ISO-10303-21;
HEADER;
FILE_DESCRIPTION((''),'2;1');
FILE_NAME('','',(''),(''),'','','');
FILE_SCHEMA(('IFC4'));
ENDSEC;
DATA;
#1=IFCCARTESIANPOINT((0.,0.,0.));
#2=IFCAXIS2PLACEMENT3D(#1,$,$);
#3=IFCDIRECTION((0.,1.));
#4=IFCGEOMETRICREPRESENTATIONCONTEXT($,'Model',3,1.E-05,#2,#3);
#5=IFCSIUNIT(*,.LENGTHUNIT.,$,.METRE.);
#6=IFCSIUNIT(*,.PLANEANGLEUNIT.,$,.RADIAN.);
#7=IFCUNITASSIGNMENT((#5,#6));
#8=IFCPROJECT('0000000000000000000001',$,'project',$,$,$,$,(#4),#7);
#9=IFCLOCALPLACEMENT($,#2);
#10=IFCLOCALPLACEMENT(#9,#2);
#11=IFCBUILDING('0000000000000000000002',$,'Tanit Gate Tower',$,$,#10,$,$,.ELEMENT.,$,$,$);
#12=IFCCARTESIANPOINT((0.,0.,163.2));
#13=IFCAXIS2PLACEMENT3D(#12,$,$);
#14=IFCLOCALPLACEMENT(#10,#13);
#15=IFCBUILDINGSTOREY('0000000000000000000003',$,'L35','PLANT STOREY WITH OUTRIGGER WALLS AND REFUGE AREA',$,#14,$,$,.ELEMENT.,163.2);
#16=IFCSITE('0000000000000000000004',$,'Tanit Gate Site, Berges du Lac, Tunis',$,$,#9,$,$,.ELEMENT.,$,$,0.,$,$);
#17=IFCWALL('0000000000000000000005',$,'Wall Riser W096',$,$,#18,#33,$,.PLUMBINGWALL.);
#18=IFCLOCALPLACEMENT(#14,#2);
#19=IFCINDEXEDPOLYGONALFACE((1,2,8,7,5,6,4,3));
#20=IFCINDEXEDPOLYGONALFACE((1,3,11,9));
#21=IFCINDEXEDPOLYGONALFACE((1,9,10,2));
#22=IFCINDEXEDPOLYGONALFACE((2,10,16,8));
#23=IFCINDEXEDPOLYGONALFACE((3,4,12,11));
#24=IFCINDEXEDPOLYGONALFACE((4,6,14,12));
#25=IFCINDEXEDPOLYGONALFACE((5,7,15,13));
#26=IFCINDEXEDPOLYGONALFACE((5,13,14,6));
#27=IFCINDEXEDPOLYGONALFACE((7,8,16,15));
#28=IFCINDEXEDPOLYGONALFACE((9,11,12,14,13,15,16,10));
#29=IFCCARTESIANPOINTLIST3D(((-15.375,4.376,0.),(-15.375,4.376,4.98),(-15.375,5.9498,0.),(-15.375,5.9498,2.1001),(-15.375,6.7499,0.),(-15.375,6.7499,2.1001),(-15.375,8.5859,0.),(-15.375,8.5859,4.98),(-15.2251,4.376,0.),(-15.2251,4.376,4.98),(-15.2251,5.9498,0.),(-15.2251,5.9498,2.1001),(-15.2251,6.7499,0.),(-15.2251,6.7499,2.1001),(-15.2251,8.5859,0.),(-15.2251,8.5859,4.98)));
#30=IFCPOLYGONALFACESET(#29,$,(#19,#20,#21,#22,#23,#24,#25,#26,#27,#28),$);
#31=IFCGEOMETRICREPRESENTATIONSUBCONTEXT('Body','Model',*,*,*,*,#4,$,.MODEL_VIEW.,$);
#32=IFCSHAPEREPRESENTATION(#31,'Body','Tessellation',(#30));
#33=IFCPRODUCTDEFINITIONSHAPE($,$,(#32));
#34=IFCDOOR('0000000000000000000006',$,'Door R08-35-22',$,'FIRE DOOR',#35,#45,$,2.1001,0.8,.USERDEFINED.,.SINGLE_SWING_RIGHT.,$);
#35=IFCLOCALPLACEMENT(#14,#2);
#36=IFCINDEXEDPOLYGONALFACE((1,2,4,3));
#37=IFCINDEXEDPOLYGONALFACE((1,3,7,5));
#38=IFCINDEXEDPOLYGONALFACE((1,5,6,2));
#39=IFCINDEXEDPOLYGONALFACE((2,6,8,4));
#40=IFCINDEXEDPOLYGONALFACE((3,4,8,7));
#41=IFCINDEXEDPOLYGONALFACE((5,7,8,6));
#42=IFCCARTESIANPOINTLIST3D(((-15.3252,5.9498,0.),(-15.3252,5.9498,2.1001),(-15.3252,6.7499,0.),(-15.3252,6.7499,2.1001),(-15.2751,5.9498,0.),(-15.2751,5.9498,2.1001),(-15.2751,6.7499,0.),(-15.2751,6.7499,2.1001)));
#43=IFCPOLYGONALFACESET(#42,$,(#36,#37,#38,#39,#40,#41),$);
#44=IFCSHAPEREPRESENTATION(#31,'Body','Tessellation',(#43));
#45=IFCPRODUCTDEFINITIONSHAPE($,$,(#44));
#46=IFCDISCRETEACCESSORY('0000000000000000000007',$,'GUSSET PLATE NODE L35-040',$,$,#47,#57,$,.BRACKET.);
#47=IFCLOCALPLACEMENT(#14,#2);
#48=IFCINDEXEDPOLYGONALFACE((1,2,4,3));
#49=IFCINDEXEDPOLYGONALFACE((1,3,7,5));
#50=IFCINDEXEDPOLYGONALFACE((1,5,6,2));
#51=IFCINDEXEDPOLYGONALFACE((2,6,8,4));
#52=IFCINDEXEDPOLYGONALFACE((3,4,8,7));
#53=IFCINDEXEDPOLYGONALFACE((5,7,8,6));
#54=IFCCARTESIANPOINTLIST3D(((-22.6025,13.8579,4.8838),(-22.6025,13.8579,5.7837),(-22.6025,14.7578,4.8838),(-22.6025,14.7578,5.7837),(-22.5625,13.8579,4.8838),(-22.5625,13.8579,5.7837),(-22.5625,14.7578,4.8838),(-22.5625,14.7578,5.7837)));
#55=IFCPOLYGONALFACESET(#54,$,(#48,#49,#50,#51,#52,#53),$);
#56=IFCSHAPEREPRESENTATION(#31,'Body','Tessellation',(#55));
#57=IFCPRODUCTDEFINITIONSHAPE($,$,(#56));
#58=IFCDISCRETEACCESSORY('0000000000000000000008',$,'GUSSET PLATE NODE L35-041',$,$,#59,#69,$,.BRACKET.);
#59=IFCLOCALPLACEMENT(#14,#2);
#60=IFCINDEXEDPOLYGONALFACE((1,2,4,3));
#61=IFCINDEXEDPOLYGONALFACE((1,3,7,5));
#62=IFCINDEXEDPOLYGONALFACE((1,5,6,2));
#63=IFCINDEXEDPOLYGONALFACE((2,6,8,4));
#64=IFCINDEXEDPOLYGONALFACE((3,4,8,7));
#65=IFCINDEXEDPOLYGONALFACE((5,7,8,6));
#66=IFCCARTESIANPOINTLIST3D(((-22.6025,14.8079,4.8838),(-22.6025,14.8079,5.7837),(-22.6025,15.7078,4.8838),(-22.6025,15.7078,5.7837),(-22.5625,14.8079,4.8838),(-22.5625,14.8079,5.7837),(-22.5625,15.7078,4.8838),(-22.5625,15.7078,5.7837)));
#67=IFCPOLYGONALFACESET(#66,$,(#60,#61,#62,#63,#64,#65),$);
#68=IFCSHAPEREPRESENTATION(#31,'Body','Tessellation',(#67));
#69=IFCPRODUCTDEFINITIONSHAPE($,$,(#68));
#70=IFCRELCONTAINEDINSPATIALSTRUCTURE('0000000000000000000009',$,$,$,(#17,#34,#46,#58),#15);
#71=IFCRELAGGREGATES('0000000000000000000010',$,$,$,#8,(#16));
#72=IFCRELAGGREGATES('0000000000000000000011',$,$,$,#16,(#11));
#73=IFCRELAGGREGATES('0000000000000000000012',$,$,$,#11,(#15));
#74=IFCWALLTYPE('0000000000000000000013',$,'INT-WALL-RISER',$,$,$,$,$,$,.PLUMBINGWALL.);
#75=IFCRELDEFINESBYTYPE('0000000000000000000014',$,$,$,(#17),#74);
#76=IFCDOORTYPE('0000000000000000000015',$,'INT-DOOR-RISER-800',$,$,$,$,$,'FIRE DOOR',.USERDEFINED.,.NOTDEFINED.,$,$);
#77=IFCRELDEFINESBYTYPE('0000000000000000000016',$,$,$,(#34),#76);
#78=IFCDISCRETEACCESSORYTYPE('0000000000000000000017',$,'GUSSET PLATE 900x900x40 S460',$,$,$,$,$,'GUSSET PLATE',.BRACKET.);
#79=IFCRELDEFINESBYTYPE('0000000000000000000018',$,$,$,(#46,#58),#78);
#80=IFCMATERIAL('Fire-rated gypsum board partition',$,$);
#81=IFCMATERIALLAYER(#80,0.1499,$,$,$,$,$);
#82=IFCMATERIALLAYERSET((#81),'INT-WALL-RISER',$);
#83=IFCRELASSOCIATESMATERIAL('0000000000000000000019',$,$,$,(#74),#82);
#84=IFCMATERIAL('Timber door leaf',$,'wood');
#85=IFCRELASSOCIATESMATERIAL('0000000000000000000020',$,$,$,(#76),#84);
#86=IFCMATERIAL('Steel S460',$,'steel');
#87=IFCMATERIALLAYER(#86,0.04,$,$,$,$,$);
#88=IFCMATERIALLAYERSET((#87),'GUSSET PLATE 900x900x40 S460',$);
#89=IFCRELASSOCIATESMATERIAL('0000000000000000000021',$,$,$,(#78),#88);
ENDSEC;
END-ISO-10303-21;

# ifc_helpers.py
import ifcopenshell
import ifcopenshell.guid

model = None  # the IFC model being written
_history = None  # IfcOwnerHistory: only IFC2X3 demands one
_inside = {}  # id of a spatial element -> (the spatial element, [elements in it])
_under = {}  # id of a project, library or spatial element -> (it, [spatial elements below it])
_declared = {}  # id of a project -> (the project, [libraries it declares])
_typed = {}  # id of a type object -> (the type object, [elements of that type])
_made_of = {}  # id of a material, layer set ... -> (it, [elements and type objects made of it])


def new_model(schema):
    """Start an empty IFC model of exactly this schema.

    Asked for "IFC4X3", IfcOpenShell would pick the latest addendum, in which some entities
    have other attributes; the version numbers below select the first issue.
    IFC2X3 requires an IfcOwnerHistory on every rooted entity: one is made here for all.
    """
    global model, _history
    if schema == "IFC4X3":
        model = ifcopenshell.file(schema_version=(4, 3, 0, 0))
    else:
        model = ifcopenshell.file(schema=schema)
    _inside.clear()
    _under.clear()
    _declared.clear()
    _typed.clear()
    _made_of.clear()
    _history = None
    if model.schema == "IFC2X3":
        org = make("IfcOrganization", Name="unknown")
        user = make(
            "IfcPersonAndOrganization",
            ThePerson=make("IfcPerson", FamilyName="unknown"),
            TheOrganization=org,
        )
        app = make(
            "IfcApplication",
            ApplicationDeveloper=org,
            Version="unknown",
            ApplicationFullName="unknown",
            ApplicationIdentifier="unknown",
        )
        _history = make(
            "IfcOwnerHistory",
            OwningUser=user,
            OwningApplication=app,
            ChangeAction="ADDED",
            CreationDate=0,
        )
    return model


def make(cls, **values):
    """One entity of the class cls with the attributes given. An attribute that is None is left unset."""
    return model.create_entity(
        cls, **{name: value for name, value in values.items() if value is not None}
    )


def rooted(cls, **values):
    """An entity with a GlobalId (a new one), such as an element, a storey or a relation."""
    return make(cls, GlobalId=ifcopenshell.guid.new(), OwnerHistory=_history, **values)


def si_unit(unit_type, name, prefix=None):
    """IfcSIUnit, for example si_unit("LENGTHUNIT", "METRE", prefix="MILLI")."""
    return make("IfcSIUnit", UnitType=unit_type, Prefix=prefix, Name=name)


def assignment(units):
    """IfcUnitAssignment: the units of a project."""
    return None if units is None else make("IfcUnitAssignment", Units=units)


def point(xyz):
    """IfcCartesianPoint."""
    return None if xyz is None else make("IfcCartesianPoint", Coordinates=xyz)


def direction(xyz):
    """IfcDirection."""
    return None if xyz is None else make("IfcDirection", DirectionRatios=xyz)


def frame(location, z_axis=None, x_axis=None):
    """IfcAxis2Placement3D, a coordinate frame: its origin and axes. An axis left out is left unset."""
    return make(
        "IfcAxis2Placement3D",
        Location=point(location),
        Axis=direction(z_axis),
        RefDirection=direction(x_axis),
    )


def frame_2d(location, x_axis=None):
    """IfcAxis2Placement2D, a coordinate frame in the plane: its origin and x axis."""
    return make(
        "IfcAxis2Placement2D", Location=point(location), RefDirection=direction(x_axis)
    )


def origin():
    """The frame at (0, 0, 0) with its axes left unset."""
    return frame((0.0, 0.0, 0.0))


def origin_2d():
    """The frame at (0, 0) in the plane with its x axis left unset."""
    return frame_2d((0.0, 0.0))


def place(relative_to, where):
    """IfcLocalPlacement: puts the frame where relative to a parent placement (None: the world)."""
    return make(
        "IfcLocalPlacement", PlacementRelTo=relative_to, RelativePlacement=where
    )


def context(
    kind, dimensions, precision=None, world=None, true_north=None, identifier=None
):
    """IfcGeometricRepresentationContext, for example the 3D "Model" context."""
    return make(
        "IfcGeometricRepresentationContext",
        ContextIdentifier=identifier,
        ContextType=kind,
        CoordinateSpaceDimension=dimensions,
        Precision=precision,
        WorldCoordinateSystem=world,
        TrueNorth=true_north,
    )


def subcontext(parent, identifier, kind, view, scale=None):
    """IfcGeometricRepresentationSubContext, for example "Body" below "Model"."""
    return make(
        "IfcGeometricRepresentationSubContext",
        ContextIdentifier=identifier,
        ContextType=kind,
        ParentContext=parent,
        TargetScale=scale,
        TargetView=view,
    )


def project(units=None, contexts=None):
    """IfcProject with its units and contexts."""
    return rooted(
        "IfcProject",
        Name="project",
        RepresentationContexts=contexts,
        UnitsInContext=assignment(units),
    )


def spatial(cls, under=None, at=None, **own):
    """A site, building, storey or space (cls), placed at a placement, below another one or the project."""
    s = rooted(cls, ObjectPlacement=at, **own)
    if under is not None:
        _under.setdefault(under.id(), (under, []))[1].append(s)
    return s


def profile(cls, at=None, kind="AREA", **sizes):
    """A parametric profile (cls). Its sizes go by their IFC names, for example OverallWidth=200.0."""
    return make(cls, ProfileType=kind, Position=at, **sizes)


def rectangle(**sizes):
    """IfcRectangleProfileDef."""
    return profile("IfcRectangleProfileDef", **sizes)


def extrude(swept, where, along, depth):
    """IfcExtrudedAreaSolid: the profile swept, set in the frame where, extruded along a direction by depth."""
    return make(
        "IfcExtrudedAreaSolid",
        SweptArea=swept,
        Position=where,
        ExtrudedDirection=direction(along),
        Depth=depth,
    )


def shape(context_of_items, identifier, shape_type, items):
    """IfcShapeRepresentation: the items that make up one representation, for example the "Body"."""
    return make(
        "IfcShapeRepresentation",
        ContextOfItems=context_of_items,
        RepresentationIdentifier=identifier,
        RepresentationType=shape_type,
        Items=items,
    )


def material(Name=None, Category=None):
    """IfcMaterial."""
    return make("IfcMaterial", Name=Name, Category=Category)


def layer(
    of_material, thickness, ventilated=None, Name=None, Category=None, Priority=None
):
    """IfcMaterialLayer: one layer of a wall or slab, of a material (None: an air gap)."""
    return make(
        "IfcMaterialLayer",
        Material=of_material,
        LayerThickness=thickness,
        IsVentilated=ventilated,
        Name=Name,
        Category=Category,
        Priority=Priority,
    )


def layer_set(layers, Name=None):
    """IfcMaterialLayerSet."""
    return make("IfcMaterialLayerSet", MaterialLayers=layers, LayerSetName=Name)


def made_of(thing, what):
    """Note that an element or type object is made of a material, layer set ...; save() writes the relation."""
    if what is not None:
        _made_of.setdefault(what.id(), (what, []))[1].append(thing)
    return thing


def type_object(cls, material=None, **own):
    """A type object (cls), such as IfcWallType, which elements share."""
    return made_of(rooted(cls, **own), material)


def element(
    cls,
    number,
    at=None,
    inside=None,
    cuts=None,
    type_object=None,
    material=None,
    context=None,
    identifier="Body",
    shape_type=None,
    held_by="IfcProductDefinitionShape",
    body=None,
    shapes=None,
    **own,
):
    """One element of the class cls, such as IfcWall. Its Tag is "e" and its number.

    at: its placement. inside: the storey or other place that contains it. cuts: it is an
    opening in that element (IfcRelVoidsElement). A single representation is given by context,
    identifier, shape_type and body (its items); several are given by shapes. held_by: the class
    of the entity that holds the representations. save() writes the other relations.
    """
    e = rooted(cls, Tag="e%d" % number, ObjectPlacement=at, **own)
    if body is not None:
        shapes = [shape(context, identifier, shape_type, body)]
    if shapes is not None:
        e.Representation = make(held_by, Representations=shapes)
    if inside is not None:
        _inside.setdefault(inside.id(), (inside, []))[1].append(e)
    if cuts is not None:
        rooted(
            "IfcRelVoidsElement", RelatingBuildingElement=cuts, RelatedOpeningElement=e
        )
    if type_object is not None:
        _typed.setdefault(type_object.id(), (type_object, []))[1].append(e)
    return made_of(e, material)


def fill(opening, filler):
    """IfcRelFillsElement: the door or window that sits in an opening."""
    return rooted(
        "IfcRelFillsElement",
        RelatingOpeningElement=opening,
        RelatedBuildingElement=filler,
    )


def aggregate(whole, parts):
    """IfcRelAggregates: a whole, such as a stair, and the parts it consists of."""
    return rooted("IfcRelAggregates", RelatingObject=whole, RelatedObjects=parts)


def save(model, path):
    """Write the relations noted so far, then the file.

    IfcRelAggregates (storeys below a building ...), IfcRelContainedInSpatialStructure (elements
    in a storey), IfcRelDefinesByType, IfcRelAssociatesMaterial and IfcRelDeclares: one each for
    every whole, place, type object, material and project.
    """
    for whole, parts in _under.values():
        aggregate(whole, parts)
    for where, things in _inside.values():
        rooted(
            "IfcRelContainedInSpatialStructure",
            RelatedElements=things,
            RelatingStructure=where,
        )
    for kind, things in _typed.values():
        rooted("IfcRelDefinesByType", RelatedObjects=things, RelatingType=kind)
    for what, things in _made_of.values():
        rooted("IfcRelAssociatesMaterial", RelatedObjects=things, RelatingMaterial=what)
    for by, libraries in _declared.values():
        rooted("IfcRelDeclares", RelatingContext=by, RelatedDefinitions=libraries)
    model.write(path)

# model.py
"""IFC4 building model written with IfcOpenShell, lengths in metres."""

from ifc_helpers import new_model, si_unit, direction, frame, frame_2d, origin, origin_2d, place, context, subcontext, project, spatial, rectangle, extrude, material, layer, layer_set, type_object, element, fill, save


model = new_model("IFC4")

# Units and contexts
model_context = context("Model", 3, precision=1e-05, world=origin(), true_north=direction((0.0, 1.0)))
body_context = subcontext(model_context, "Body", "Model", "MODEL_VIEW")
ifc_project = project(units=[si_unit("LENGTHUNIT", "METRE"), si_unit("PLANEANGLEUNIT", "RADIAN")], contexts=[model_context])

# Site, building, storey
site_placement = place(None, origin())
site = spatial("IfcSite", under=ifc_project, at=site_placement, Name="Tanit Gate Site, Berges du Lac, Tunis", CompositionType="ELEMENT", RefElevation=0.0)
building_placement = place(site_placement, origin())
building = spatial("IfcBuilding", under=site, at=building_placement, Name="Tanit Gate Tower", CompositionType="ELEMENT")
storey_placement = place(building_placement, frame((0.0, 0.0, 163.2)))
storey = spatial("IfcBuildingStorey", under=building, at=storey_placement, Name="L35", Description="PLANT STOREY WITH OUTRIGGER WALLS AND REFUGE AREA", CompositionType="ELEMENT", Elevation=163.2)

# Wall, opening, door
ifc_material_1 = material(Name="Fire-rated gypsum board partition")
ifc_layer_1 = layer(ifc_material_1, 0.1499)
ifc_layer_set_1 = layer_set([ifc_layer_1], Name="INT-WALL-RISER")
wall_type_1 = type_object("IfcWallType", Name="INT-WALL-RISER", PredefinedType="PLUMBINGWALL", material=ifc_layer_set_1)
wall_1_placement = place(storey_placement, frame((-15.3, 8.5859, 0.0), z_axis=(0.0, 0.0, 1.0), x_axis=(0.0, -1.0, 0.0)))
wall_1 = element("IfcWall", 1, at=wall_1_placement, inside=storey, type_object=wall_type_1, Name="Wall Riser W096", PredefinedType="PLUMBINGWALL", context=body_context, shape_type="SweptSolid", body=[
    extrude(rectangle(XDim=4.21, YDim=0.1499, at=frame_2d((2.105, 0.0))), origin(), (0.0, 0.0, 1.0), 4.98),
])
opening_1_placement = place(wall_1_placement, frame((1.8362, 0.0, 0.0)))
opening_1 = element("IfcOpeningElement", 2, at=opening_1_placement, cuts=wall_1, PredefinedType="OPENING", context=body_context, shape_type="SweptSolid", body=[
    extrude(rectangle(XDim=0.8, YDim=2.1001, at=frame_2d((0.3999, 1.05))), frame((0.0, 0.085, 0.0), z_axis=(0.0, -1.0, 0.0), x_axis=(1.0, 0.0, 0.0)), (0.0, 0.0, 1.0), 0.1699),
])
ifc_material_2 = material(Name="Timber door leaf", Category="wood")
door_type_1 = type_object("IfcDoorType", Name="INT-DOOR-RISER-800", ElementType="FIRE DOOR", OperationType="NOTDEFINED", PredefinedType="USERDEFINED", material=ifc_material_2)
door_1_placement = place(opening_1_placement, origin())
door_1 = element("IfcDoor", 3, at=door_1_placement, inside=storey, type_object=door_type_1, Name="Door R08-35-22", ObjectType="FIRE DOOR", OperationType="SINGLE_SWING_RIGHT", OverallHeight=2.1001, OverallWidth=0.8, PredefinedType="USERDEFINED", context=body_context, shape_type="SweptSolid", body=[
    extrude(rectangle(XDim=0.8, YDim=2.1001, at=frame_2d((0.3999, 1.05))), frame((0.0, 0.0249, 0.0), z_axis=(0.0, -1.0, 0.0), x_axis=(1.0, 0.0, 0.0)), (0.0, 0.0, 1.0), 0.05),
])
fill(opening_1, door_1)

# Discrete accessories
ifc_material_3 = material(Name="Steel S460", Category="steel")
ifc_layer_2 = layer(ifc_material_3, 0.04)
ifc_layer_set_2 = layer_set([ifc_layer_2], Name="GUSSET PLATE 900x900x40 S460")
discrete_accessory_type = type_object("IfcDiscreteAccessoryType", Name="GUSSET PLATE 900x900x40 S460", ElementType="GUSSET PLATE", PredefinedType="BRACKET", material=ifc_layer_set_2)
for number, where, z_axis, x_axis, name in (
    (4, (-22.5825, 14.3079, 4.8838), (0.0, 0.0, 1.0), (0.0, -1.0, 0.0), "GUSSET PLATE NODE L35-040"),
    (5, (-22.5825, 15.2578, 4.8838), (0.0, 0.0, 1.0), (0.0, 1.0, 0.0), "GUSSET PLATE NODE L35-041"),
):
    element("IfcDiscreteAccessory", number, at=place(storey_placement, frame(where, z_axis=z_axis, x_axis=x_axis)), inside=storey, type_object=discrete_accessory_type, Name=name, PredefinedType="BRACKET", context=body_context, shape_type="SweptSolid", body=[
        extrude(rectangle(XDim=0.8999, YDim=0.04, at=origin_2d()), origin(), (0.0, 0.0, 1.0), 0.8999),
    ])

save(model, "model.ifc")
